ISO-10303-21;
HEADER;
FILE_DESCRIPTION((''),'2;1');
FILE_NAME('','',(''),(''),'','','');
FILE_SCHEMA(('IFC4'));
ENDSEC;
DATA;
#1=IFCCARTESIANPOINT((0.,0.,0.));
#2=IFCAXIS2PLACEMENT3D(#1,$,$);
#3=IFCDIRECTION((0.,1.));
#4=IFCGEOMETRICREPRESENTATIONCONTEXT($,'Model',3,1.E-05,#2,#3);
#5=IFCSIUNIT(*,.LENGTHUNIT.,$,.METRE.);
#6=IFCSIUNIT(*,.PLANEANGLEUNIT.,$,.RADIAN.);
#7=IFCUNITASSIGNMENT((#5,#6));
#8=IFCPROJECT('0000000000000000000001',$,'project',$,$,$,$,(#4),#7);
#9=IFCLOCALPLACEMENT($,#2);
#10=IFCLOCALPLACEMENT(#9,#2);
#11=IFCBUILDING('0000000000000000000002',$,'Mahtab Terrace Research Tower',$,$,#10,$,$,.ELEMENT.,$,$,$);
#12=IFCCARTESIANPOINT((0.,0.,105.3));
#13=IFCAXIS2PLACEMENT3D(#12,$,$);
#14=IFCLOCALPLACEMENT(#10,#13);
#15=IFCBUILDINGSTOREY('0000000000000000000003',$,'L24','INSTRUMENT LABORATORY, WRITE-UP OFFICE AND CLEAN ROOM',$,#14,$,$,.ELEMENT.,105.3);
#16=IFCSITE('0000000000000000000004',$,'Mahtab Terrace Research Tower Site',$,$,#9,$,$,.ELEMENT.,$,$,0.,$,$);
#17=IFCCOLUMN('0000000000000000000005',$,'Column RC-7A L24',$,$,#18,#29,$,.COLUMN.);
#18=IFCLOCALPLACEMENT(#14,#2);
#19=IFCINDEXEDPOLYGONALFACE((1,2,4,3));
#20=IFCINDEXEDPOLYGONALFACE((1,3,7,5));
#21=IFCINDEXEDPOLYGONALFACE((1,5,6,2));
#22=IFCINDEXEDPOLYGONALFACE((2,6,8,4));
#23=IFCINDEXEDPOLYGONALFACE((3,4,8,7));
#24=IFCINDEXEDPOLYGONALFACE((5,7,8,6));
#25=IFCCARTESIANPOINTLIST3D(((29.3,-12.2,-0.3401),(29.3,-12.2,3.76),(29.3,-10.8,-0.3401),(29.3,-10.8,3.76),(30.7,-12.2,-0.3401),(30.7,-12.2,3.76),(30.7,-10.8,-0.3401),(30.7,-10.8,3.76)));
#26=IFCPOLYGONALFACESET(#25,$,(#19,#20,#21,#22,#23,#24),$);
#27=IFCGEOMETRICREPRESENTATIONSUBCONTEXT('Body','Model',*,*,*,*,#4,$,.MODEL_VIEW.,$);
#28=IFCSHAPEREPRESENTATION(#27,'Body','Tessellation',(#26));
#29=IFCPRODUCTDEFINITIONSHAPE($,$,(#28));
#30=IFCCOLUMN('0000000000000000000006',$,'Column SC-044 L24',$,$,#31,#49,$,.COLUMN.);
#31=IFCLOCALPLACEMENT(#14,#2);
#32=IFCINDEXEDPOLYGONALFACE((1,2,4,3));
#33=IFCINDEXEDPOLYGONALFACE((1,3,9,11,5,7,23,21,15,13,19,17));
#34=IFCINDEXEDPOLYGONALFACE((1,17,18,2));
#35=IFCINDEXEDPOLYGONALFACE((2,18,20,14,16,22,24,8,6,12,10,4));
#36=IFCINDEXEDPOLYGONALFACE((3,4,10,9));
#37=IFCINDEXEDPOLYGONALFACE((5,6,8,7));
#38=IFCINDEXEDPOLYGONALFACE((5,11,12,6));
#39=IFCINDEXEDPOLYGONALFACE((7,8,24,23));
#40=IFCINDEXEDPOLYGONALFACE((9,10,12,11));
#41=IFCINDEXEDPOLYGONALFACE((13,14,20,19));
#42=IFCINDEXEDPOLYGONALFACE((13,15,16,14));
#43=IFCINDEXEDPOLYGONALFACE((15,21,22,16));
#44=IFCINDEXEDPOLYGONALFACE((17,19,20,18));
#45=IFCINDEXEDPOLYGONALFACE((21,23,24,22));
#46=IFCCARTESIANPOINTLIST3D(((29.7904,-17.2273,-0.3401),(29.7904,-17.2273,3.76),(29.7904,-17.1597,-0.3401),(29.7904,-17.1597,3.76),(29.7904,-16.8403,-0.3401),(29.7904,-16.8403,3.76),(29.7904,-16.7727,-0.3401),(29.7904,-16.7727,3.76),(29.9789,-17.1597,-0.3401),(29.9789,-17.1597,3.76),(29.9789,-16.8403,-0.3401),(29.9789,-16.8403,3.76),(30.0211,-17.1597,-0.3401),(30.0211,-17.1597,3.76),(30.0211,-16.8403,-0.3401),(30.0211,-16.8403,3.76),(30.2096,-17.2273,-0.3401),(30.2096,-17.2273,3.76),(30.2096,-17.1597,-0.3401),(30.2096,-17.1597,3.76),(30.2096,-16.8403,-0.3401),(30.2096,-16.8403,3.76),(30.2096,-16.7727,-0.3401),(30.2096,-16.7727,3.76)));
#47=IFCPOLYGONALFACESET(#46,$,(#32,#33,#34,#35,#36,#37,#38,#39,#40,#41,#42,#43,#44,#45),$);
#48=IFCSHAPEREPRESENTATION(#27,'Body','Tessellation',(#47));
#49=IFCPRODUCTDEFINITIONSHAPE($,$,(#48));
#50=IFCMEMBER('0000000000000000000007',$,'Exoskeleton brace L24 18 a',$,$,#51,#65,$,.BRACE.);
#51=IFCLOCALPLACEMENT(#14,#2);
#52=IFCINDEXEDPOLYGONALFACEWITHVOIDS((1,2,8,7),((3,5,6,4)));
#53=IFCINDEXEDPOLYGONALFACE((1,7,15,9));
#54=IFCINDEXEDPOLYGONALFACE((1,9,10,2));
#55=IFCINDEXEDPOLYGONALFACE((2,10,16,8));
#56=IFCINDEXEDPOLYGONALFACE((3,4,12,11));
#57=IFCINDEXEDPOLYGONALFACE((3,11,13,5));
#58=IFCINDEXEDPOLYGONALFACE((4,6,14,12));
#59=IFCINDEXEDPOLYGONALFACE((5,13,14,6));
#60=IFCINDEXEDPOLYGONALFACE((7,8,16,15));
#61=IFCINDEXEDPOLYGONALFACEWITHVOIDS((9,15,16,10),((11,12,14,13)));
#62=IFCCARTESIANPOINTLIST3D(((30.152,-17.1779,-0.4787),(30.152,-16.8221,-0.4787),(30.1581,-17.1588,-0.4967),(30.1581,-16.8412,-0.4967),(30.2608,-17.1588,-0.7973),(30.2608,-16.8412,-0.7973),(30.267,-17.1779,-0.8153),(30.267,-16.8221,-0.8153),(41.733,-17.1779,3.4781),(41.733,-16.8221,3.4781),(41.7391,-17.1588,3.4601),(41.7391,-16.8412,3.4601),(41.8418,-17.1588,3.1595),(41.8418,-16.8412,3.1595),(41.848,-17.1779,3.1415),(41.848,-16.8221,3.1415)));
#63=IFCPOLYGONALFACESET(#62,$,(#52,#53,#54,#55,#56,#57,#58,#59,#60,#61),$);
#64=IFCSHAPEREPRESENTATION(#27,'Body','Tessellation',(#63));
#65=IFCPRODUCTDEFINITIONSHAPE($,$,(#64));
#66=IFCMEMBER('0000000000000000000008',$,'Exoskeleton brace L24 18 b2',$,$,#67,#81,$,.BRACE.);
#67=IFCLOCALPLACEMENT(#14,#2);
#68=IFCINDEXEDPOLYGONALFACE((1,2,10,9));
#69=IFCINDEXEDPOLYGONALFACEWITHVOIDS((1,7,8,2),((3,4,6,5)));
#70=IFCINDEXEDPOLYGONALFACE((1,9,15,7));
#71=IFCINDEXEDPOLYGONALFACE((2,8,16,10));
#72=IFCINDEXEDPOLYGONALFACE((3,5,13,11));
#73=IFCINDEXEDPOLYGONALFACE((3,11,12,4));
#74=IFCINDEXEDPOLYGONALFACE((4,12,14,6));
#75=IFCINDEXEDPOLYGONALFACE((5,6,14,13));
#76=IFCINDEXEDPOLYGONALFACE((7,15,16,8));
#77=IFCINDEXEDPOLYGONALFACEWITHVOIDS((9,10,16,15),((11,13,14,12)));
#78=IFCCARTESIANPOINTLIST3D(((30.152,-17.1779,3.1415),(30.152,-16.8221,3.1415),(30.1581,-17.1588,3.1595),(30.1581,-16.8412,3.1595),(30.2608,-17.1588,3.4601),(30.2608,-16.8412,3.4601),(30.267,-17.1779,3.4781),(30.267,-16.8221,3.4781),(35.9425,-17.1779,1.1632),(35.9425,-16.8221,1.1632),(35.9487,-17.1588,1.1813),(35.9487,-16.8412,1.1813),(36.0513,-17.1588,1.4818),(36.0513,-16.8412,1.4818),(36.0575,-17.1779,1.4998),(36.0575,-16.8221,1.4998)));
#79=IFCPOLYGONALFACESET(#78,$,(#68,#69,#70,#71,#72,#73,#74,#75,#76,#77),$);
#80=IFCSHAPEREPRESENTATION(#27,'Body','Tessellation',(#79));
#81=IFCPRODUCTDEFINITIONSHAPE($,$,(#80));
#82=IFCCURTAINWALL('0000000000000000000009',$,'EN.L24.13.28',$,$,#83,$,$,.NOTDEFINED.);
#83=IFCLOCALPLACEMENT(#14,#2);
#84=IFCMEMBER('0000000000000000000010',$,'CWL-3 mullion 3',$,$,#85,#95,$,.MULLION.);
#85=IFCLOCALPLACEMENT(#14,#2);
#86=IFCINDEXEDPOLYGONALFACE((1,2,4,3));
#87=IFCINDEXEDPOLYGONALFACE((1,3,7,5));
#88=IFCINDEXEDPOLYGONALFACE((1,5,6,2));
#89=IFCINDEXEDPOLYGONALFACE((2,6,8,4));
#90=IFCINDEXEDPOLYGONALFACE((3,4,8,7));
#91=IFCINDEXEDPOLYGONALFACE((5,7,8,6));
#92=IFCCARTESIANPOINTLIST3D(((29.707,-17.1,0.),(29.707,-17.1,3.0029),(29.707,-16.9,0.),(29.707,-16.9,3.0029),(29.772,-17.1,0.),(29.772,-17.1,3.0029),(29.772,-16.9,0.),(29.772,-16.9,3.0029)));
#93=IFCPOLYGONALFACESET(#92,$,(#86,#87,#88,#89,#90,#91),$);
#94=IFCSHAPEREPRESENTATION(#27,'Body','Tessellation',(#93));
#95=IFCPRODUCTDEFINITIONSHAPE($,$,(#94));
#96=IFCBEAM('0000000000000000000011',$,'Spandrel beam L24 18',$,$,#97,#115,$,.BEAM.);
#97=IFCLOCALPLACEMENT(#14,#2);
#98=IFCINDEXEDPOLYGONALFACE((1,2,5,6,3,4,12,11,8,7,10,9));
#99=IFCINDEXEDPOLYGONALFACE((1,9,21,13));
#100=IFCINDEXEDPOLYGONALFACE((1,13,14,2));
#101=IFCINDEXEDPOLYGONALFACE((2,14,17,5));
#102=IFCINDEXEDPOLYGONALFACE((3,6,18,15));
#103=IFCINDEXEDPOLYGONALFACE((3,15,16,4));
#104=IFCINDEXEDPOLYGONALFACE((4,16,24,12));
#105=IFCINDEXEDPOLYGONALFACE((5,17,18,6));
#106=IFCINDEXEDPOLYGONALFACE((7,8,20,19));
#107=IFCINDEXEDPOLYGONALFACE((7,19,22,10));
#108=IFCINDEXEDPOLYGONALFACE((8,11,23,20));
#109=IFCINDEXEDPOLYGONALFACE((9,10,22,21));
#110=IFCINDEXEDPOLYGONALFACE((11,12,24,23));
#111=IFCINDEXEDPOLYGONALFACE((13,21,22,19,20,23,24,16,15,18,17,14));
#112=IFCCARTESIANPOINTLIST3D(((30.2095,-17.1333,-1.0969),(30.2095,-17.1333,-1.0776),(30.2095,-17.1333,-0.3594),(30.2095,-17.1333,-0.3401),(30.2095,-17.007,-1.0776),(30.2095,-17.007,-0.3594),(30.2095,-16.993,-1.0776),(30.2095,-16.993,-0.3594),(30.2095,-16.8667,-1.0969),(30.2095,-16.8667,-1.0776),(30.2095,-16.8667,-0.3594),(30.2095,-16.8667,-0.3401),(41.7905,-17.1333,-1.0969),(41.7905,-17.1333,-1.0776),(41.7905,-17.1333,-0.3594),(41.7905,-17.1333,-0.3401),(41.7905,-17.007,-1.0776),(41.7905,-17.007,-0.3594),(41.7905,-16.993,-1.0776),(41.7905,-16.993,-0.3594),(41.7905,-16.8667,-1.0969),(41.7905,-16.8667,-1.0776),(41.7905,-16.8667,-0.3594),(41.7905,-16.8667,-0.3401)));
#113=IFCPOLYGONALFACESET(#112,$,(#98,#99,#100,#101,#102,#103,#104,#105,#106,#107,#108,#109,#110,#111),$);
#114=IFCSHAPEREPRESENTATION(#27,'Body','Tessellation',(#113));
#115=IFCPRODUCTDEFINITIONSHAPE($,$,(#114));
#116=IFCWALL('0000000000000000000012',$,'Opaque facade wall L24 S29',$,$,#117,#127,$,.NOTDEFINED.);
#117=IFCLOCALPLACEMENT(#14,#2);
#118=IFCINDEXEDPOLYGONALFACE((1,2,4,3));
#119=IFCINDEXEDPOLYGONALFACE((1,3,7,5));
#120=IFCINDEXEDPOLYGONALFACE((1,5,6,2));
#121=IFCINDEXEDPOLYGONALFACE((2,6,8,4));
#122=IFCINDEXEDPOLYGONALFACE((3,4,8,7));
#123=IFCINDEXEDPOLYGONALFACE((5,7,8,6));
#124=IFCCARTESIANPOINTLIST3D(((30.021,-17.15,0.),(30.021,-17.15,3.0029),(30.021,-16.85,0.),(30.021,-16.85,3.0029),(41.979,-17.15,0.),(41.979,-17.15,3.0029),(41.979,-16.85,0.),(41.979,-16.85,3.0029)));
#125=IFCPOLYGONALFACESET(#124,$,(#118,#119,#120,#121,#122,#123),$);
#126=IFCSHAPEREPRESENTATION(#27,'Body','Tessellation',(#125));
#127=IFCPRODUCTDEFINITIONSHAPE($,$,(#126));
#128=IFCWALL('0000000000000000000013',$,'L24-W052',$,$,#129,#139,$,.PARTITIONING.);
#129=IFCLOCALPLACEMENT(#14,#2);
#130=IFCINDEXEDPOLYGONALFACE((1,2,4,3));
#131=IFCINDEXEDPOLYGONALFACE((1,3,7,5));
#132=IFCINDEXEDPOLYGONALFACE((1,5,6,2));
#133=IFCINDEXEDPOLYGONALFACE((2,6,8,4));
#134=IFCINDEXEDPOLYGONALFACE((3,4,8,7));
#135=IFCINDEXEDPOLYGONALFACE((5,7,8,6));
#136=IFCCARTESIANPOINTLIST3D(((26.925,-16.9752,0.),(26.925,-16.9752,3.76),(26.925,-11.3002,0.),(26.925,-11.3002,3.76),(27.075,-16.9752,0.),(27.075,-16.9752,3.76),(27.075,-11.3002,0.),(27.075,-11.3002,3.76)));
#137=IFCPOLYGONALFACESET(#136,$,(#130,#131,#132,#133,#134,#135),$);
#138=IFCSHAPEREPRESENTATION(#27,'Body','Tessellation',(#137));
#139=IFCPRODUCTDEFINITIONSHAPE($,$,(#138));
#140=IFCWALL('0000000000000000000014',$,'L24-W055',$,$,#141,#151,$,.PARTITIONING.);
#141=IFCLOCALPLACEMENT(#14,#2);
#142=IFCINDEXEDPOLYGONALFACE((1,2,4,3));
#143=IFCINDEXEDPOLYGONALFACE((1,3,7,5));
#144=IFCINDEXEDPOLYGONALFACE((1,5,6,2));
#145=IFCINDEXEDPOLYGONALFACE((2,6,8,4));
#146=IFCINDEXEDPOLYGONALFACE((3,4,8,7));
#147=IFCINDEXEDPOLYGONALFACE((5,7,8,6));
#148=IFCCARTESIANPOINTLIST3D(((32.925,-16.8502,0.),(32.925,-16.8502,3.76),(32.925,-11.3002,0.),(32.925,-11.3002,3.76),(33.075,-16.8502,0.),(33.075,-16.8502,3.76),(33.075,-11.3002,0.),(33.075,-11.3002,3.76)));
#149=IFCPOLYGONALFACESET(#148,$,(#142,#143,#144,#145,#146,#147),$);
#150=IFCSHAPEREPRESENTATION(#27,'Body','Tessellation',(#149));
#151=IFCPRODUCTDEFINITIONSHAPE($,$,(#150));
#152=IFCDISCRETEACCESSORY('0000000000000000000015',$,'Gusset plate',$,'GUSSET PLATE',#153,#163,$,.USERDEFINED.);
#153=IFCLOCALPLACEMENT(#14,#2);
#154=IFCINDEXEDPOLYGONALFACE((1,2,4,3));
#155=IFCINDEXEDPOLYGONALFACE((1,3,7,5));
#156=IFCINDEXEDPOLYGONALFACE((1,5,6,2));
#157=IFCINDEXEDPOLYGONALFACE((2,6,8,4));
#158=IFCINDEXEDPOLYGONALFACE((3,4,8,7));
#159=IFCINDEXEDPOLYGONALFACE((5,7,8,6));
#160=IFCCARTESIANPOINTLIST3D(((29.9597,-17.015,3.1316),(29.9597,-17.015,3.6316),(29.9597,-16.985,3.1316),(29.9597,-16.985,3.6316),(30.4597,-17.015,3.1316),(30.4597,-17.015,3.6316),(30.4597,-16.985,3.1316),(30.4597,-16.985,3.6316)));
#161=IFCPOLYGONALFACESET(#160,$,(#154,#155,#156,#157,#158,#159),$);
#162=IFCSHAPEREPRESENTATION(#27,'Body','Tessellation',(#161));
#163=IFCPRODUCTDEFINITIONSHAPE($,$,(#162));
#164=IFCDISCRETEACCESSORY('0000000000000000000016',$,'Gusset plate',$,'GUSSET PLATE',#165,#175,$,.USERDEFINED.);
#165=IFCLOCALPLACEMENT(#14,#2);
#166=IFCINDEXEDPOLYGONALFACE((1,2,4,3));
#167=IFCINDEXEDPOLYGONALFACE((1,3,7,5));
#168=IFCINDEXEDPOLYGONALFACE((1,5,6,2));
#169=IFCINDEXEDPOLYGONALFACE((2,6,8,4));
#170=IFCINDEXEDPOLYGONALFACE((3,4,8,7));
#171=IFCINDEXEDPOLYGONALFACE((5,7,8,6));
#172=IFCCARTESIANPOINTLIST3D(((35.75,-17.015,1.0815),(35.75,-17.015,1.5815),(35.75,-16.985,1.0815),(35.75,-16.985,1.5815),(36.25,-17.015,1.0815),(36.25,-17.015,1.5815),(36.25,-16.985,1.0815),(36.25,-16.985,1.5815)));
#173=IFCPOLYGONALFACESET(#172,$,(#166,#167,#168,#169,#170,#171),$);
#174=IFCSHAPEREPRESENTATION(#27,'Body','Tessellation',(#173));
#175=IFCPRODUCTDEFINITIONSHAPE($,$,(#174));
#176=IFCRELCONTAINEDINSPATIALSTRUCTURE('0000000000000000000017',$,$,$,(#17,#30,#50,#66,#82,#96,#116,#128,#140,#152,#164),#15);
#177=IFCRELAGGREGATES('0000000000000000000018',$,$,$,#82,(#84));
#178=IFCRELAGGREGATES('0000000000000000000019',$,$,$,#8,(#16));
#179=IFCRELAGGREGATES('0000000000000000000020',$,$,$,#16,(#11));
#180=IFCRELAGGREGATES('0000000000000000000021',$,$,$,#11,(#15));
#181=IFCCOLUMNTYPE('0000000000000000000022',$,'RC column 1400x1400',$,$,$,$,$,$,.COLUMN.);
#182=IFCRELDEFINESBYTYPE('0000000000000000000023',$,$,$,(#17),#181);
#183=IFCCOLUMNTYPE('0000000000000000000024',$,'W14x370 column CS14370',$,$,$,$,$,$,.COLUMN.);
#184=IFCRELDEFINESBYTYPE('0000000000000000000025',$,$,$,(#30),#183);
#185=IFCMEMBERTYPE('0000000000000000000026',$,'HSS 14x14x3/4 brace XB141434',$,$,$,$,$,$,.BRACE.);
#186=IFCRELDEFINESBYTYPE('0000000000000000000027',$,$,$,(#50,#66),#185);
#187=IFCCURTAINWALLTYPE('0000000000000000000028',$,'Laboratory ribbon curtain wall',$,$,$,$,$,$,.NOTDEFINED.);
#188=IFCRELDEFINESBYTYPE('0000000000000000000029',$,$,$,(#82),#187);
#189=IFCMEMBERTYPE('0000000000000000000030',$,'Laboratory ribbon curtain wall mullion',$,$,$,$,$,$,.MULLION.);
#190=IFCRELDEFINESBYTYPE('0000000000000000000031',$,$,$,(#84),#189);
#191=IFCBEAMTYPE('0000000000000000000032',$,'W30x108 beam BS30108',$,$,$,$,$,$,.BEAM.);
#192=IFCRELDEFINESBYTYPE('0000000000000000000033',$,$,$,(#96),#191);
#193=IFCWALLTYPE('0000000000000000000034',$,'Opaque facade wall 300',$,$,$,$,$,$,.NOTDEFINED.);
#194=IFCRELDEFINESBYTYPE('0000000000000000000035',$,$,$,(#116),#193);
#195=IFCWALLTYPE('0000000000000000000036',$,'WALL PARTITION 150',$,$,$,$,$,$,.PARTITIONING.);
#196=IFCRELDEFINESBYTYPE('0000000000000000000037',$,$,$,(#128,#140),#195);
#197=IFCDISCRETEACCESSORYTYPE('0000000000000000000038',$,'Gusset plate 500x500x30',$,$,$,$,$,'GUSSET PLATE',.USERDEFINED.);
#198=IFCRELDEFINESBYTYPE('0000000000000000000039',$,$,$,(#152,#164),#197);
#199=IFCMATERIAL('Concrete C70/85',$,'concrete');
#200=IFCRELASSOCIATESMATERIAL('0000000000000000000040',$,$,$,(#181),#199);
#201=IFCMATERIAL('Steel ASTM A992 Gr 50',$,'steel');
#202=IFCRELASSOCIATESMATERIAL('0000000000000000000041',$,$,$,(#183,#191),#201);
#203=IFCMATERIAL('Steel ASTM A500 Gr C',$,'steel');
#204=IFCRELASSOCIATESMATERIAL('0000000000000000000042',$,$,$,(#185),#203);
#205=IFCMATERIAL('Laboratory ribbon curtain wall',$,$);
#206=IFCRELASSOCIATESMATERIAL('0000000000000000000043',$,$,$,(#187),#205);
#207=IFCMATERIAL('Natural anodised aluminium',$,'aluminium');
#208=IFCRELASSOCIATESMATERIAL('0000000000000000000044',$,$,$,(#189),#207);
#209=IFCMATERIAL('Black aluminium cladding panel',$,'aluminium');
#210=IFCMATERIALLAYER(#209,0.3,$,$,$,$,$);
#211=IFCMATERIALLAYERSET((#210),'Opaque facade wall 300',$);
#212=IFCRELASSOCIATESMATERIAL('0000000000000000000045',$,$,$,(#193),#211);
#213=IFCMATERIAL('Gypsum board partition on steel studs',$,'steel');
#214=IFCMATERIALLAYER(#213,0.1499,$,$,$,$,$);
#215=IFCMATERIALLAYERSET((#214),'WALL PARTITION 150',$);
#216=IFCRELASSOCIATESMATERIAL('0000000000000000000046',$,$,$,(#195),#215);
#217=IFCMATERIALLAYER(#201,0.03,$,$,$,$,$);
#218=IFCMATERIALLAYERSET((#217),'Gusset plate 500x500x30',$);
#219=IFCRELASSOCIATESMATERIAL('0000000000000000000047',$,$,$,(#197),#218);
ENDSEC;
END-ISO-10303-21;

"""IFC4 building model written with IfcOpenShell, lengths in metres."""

from ifc_helpers import new_model, si_unit, direction, frame, frame_2d, origin, origin_2d, place, context, subcontext, project, spatial, rectangle, hollow_rectangle, i_section, extrude, material, layer, layer_set, material_profile, profile_set, type_object, element, aggregate, save


model = new_model("IFC4")

# Units and contexts
model_context = context("Model", 3, precision=1e-05, world=origin(), true_north=direction((0.0, 1.0)))
body_context = subcontext(model_context, "Body", "Model", "MODEL_VIEW")
ifc_project = project(units=[si_unit("LENGTHUNIT", "METRE"), si_unit("PLANEANGLEUNIT", "RADIAN")], contexts=[model_context])

# Site, building, storey
site_placement = place(None, origin())
site = spatial("IfcSite", under=ifc_project, at=site_placement, Name="Mahtab Terrace Research Tower Site", CompositionType="ELEMENT", RefElevation=0.0)
building_placement = place(site_placement, origin())
building = spatial("IfcBuilding", under=site, at=building_placement, Name="Mahtab Terrace Research Tower", CompositionType="ELEMENT")
storey_placement = place(building_placement, frame((0.0, 0.0, 105.3)))
storey = spatial("IfcBuildingStorey", under=building, at=storey_placement, Name="L24", Description="INSTRUMENT LABORATORY, WRITE-UP OFFICE AND CLEAN ROOM", CompositionType="ELEMENT", Elevation=105.3)

# Columns
ifc_material_1 = material(Name="Concrete C70/85", Category="concrete")
ifc_material_profile_1 = material_profile(ifc_material_1, rectangle(XDim=1.3999, YDim=1.3999, at=origin_2d()), Name="RC column 1400x1400")
ifc_profile_set_1 = profile_set([ifc_material_profile_1], Name="Concrete C70/85")
column_type_1 = type_object("IfcColumnType", Name="RC column 1400x1400", PredefinedType="COLUMN", material=ifc_profile_set_1)
column_1_placement = place(storey_placement, frame((30.0, -11.5, -0.3401), z_axis=(0.0, 0.0, 1.0), x_axis=(1.0, 0.0, 0.0)))
element("IfcColumn", 1, at=column_1_placement, inside=storey, type_object=column_type_1, Name="Column RC-7A L24", PredefinedType="COLUMN", context=body_context, shape_type="SweptSolid", body=[
    extrude(rectangle(XDim=1.3999, YDim=1.3999, at=origin_2d()), origin(), (0.0, 0.0, 1.0), 4.1001),
])
ifc_material_2 = material(Name="Steel ASTM A992 Gr 50", Category="steel")
ifc_material_profile_2 = material_profile(ifc_material_2, i_section(OverallWidth=0.4192, OverallDepth=0.4546, WebThickness=0.0422, FlangeThickness=0.0676, at=origin_2d()), Name="W14X370")
ifc_profile_set_2 = profile_set([ifc_material_profile_2], Name="Steel ASTM A992 Gr 50")
column_type_2 = type_object("IfcColumnType", Name="W14x370 column CS14370", PredefinedType="COLUMN", material=ifc_profile_set_2)
column_2_placement = place(storey_placement, frame((30.0, -17.0, -0.3401), z_axis=(0.0, 0.0, 1.0), x_axis=(1.0, 0.0, 0.0)))
element("IfcColumn", 2, at=column_2_placement, inside=storey, type_object=column_type_2, Name="Column SC-044 L24", PredefinedType="COLUMN", context=body_context, shape_type="SweptSolid", body=[
    extrude(i_section(OverallWidth=0.4192, OverallDepth=0.4546, WebThickness=0.0422, FlangeThickness=0.0676, at=origin_2d()), origin(), (0.0, 0.0, 1.0), 4.1001),
])

# Members
ifc_material_3 = material(Name="Steel ASTM A500 Gr C", Category="steel")
ifc_material_profile_3 = material_profile(ifc_material_3, hollow_rectangle(XDim=0.3557, YDim=0.3557, WallThickness=0.019, at=origin_2d()), Name="HSS14X14X3/4")
ifc_profile_set_3 = profile_set([ifc_material_profile_3], Name="Steel ASTM A500 Gr C")
member_type_1 = type_object("IfcMemberType", Name="HSS 14x14x3/4 brace XB141434", PredefinedType="BRACE", material=ifc_profile_set_3)
member_1_placement = place(storey_placement, frame((30.2095, -17.0, -0.647), z_axis=(0.946293, 0.0, 0.323311), x_axis=(0.0, 1.0, 0.0)))
element("IfcMember", 3, at=member_1_placement, inside=storey, type_object=member_type_1, Name="Exoskeleton brace L24 18 a", PredefinedType="BRACE", context=body_context, shape_type="SweptSolid", body=[
    extrude(hollow_rectangle(XDim=0.3557, YDim=0.3557, WallThickness=0.019, at=origin_2d()), origin(), (0.0, 0.0, 1.0), 12.2383),
])
member_2_placement = place(storey_placement, frame((36.0, -17.0, 1.3315), z_axis=(-0.946299, 0.0, 0.323293), x_axis=(0.0, -1.0, 0.0)))
element("IfcMember", 4, at=member_2_placement, inside=storey, type_object=member_type_1, Name="Exoskeleton brace L24 18 b2", PredefinedType="BRACE", context=body_context, shape_type="SweptSolid", body=[
    extrude(hollow_rectangle(XDim=0.3557, YDim=0.3557, WallThickness=0.019, at=origin_2d()), origin(), (0.0, 0.0, 1.0), 6.1191),
])

# Curtain wall, member
ifc_material_4 = material(Name="Laboratory ribbon curtain wall")
curtain_wall_type = type_object("IfcCurtainWallType", Name="Laboratory ribbon curtain wall", PredefinedType="NOTDEFINED", material=ifc_material_4)
curtain_wall_placement = place(storey_placement, origin())
curtain_wall = element("IfcCurtainWall", 5, at=curtain_wall_placement, inside=storey, type_object=curtain_wall_type, Name="EN.L24.13.28", PredefinedType="NOTDEFINED")
ifc_material_5 = material(Name="Natural anodised aluminium", Category="aluminium")
ifc_material_profile_4 = material_profile(ifc_material_5, rectangle(XDim=0.2, YDim=0.0649, at=origin_2d()), Name="MULLION 65x200")
ifc_profile_set_4 = profile_set([ifc_material_profile_4], Name="Natural anodised aluminium")
member_type_2 = type_object("IfcMemberType", Name="Laboratory ribbon curtain wall mullion", PredefinedType="MULLION", material=ifc_profile_set_4)
member_3_placement = place(storey_placement, frame((29.7395, -17.0, 0.0), z_axis=(0.0, 0.0, 1.0), x_axis=(0.0, 1.0, 0.0)))
member_3 = element("IfcMember", 6, at=member_3_placement, type_object=member_type_2, Name="CWL-3 mullion 3", PredefinedType="MULLION", context=body_context, shape_type="SweptSolid", body=[
    extrude(rectangle(XDim=0.2, YDim=0.0649, at=origin_2d()), origin(), (0.0, 0.0, 1.0), 3.0029),
])
aggregate(curtain_wall, [member_3])

# Beam
ifc_material_profile_5 = material_profile(ifc_material_2, i_section(OverallWidth=0.2666, OverallDepth=0.7568, WebThickness=0.0139, FlangeThickness=0.0193, at=origin_2d()), Name="W30X108")
ifc_profile_set_5 = profile_set([ifc_material_profile_5], Name="Steel ASTM A992 Gr 50")
beam_type = type_object("IfcBeamType", Name="W30x108 beam BS30108", PredefinedType="BEAM", material=ifc_profile_set_5)
beam_placement = place(storey_placement, frame((30.2095, -17.0, -0.7185), z_axis=(1.0, 0.0, 0.0), x_axis=(0.0, 1.0, 0.0)))
element("IfcBeam", 7, at=beam_placement, inside=storey, type_object=beam_type, Name="Spandrel beam L24 18", PredefinedType="BEAM", context=body_context, shape_type="SweptSolid", body=[
    extrude(i_section(OverallWidth=0.2666, OverallDepth=0.7568, WebThickness=0.0139, FlangeThickness=0.0193, at=origin_2d()), origin(), (0.0, 0.0, 1.0), 11.5811),
])

# Walls
ifc_material_6 = material(Name="Black aluminium cladding panel", Category="aluminium")
ifc_layer_1 = layer(ifc_material_6, 0.3)
ifc_layer_set_1 = layer_set([ifc_layer_1], Name="Opaque facade wall 300")
wall_type_1 = type_object("IfcWallType", Name="Opaque facade wall 300", PredefinedType="NOTDEFINED", material=ifc_layer_set_1)
wall_1_placement = place(storey_placement, frame((30.021, -17.0, 0.0), z_axis=(0.0, 0.0, 1.0), x_axis=(1.0, 0.0, 0.0)))
element("IfcWall", 8, at=wall_1_placement, inside=storey, type_object=wall_type_1, Name="Opaque facade wall L24 S29", PredefinedType="NOTDEFINED", context=body_context, shape_type="SweptSolid", body=[
    extrude(rectangle(XDim=11.958, YDim=0.3, at=frame_2d((5.979, 0.0))), origin(), (0.0, 0.0, 1.0), 3.0029),
])
ifc_material_7 = material(Name="Gypsum board partition on steel studs", Category="steel")
ifc_layer_2 = layer(ifc_material_7, 0.1499)
ifc_layer_set_2 = layer_set([ifc_layer_2], Name="WALL PARTITION 150")
wall_type_2 = type_object("IfcWallType", Name="WALL PARTITION 150", PredefinedType="PARTITIONING", material=ifc_layer_set_2)
wall_2_placement = place(storey_placement, frame((27.0, -16.9751, 0.0), z_axis=(0.0, 0.0, 1.0), x_axis=(0.0, 1.0, 0.0)))
element("IfcWall", 9, at=wall_2_placement, inside=storey, type_object=wall_type_2, Name="L24-W052", PredefinedType="PARTITIONING", context=body_context, shape_type="SweptSolid", body=[
    extrude(rectangle(XDim=5.675, YDim=0.1499, at=frame_2d((2.8374, 0.0))), origin(), (0.0, 0.0, 1.0), 3.76),
])
wall_3_placement = place(storey_placement, frame((33.0, -16.8501, 0.0), z_axis=(0.0, 0.0, 1.0), x_axis=(0.0, 1.0, 0.0)))
element("IfcWall", 10, at=wall_3_placement, inside=storey, type_object=wall_type_2, Name="L24-W055", PredefinedType="PARTITIONING", context=body_context, shape_type="SweptSolid", body=[
    extrude(rectangle(XDim=5.55, YDim=0.1499, at=frame_2d((2.7749, 0.0))), origin(), (0.0, 0.0, 1.0), 3.76),
])

# Discrete accessories
ifc_layer_3 = layer(ifc_material_2, 0.03)
ifc_layer_set_3 = layer_set([ifc_layer_3], Name="Gusset plate 500x500x30")
discrete_accessory_type = type_object("IfcDiscreteAccessoryType", Name="Gusset plate 500x500x30", ElementType="GUSSET PLATE", PredefinedType="USERDEFINED", material=ifc_layer_set_3)
for number, where, z_axis, x_axis, name in (
    (11, (30.2097, -17.0, 3.1316), (0.0, 0.0, 1.0), (1.0, 0.0, 0.0), "Gusset plate"),
    (12, (36.0, -17.0, 1.0815), (0.0, 0.0, 1.0), (1.0, 0.0, 0.0), "Gusset plate"),
):
    element("IfcDiscreteAccessory", number, at=place(storey_placement, frame(where, z_axis=z_axis, x_axis=x_axis)), inside=storey, type_object=discrete_accessory_type, Name=name, ObjectType="GUSSET PLATE", PredefinedType="USERDEFINED", context=body_context, shape_type="SweptSolid", body=[
        extrude(rectangle(XDim=0.5, YDim=0.03, at=origin_2d()), origin(), (0.0, 0.0, 1.0), 0.5),
    ])

save(model, "model.ifc")
